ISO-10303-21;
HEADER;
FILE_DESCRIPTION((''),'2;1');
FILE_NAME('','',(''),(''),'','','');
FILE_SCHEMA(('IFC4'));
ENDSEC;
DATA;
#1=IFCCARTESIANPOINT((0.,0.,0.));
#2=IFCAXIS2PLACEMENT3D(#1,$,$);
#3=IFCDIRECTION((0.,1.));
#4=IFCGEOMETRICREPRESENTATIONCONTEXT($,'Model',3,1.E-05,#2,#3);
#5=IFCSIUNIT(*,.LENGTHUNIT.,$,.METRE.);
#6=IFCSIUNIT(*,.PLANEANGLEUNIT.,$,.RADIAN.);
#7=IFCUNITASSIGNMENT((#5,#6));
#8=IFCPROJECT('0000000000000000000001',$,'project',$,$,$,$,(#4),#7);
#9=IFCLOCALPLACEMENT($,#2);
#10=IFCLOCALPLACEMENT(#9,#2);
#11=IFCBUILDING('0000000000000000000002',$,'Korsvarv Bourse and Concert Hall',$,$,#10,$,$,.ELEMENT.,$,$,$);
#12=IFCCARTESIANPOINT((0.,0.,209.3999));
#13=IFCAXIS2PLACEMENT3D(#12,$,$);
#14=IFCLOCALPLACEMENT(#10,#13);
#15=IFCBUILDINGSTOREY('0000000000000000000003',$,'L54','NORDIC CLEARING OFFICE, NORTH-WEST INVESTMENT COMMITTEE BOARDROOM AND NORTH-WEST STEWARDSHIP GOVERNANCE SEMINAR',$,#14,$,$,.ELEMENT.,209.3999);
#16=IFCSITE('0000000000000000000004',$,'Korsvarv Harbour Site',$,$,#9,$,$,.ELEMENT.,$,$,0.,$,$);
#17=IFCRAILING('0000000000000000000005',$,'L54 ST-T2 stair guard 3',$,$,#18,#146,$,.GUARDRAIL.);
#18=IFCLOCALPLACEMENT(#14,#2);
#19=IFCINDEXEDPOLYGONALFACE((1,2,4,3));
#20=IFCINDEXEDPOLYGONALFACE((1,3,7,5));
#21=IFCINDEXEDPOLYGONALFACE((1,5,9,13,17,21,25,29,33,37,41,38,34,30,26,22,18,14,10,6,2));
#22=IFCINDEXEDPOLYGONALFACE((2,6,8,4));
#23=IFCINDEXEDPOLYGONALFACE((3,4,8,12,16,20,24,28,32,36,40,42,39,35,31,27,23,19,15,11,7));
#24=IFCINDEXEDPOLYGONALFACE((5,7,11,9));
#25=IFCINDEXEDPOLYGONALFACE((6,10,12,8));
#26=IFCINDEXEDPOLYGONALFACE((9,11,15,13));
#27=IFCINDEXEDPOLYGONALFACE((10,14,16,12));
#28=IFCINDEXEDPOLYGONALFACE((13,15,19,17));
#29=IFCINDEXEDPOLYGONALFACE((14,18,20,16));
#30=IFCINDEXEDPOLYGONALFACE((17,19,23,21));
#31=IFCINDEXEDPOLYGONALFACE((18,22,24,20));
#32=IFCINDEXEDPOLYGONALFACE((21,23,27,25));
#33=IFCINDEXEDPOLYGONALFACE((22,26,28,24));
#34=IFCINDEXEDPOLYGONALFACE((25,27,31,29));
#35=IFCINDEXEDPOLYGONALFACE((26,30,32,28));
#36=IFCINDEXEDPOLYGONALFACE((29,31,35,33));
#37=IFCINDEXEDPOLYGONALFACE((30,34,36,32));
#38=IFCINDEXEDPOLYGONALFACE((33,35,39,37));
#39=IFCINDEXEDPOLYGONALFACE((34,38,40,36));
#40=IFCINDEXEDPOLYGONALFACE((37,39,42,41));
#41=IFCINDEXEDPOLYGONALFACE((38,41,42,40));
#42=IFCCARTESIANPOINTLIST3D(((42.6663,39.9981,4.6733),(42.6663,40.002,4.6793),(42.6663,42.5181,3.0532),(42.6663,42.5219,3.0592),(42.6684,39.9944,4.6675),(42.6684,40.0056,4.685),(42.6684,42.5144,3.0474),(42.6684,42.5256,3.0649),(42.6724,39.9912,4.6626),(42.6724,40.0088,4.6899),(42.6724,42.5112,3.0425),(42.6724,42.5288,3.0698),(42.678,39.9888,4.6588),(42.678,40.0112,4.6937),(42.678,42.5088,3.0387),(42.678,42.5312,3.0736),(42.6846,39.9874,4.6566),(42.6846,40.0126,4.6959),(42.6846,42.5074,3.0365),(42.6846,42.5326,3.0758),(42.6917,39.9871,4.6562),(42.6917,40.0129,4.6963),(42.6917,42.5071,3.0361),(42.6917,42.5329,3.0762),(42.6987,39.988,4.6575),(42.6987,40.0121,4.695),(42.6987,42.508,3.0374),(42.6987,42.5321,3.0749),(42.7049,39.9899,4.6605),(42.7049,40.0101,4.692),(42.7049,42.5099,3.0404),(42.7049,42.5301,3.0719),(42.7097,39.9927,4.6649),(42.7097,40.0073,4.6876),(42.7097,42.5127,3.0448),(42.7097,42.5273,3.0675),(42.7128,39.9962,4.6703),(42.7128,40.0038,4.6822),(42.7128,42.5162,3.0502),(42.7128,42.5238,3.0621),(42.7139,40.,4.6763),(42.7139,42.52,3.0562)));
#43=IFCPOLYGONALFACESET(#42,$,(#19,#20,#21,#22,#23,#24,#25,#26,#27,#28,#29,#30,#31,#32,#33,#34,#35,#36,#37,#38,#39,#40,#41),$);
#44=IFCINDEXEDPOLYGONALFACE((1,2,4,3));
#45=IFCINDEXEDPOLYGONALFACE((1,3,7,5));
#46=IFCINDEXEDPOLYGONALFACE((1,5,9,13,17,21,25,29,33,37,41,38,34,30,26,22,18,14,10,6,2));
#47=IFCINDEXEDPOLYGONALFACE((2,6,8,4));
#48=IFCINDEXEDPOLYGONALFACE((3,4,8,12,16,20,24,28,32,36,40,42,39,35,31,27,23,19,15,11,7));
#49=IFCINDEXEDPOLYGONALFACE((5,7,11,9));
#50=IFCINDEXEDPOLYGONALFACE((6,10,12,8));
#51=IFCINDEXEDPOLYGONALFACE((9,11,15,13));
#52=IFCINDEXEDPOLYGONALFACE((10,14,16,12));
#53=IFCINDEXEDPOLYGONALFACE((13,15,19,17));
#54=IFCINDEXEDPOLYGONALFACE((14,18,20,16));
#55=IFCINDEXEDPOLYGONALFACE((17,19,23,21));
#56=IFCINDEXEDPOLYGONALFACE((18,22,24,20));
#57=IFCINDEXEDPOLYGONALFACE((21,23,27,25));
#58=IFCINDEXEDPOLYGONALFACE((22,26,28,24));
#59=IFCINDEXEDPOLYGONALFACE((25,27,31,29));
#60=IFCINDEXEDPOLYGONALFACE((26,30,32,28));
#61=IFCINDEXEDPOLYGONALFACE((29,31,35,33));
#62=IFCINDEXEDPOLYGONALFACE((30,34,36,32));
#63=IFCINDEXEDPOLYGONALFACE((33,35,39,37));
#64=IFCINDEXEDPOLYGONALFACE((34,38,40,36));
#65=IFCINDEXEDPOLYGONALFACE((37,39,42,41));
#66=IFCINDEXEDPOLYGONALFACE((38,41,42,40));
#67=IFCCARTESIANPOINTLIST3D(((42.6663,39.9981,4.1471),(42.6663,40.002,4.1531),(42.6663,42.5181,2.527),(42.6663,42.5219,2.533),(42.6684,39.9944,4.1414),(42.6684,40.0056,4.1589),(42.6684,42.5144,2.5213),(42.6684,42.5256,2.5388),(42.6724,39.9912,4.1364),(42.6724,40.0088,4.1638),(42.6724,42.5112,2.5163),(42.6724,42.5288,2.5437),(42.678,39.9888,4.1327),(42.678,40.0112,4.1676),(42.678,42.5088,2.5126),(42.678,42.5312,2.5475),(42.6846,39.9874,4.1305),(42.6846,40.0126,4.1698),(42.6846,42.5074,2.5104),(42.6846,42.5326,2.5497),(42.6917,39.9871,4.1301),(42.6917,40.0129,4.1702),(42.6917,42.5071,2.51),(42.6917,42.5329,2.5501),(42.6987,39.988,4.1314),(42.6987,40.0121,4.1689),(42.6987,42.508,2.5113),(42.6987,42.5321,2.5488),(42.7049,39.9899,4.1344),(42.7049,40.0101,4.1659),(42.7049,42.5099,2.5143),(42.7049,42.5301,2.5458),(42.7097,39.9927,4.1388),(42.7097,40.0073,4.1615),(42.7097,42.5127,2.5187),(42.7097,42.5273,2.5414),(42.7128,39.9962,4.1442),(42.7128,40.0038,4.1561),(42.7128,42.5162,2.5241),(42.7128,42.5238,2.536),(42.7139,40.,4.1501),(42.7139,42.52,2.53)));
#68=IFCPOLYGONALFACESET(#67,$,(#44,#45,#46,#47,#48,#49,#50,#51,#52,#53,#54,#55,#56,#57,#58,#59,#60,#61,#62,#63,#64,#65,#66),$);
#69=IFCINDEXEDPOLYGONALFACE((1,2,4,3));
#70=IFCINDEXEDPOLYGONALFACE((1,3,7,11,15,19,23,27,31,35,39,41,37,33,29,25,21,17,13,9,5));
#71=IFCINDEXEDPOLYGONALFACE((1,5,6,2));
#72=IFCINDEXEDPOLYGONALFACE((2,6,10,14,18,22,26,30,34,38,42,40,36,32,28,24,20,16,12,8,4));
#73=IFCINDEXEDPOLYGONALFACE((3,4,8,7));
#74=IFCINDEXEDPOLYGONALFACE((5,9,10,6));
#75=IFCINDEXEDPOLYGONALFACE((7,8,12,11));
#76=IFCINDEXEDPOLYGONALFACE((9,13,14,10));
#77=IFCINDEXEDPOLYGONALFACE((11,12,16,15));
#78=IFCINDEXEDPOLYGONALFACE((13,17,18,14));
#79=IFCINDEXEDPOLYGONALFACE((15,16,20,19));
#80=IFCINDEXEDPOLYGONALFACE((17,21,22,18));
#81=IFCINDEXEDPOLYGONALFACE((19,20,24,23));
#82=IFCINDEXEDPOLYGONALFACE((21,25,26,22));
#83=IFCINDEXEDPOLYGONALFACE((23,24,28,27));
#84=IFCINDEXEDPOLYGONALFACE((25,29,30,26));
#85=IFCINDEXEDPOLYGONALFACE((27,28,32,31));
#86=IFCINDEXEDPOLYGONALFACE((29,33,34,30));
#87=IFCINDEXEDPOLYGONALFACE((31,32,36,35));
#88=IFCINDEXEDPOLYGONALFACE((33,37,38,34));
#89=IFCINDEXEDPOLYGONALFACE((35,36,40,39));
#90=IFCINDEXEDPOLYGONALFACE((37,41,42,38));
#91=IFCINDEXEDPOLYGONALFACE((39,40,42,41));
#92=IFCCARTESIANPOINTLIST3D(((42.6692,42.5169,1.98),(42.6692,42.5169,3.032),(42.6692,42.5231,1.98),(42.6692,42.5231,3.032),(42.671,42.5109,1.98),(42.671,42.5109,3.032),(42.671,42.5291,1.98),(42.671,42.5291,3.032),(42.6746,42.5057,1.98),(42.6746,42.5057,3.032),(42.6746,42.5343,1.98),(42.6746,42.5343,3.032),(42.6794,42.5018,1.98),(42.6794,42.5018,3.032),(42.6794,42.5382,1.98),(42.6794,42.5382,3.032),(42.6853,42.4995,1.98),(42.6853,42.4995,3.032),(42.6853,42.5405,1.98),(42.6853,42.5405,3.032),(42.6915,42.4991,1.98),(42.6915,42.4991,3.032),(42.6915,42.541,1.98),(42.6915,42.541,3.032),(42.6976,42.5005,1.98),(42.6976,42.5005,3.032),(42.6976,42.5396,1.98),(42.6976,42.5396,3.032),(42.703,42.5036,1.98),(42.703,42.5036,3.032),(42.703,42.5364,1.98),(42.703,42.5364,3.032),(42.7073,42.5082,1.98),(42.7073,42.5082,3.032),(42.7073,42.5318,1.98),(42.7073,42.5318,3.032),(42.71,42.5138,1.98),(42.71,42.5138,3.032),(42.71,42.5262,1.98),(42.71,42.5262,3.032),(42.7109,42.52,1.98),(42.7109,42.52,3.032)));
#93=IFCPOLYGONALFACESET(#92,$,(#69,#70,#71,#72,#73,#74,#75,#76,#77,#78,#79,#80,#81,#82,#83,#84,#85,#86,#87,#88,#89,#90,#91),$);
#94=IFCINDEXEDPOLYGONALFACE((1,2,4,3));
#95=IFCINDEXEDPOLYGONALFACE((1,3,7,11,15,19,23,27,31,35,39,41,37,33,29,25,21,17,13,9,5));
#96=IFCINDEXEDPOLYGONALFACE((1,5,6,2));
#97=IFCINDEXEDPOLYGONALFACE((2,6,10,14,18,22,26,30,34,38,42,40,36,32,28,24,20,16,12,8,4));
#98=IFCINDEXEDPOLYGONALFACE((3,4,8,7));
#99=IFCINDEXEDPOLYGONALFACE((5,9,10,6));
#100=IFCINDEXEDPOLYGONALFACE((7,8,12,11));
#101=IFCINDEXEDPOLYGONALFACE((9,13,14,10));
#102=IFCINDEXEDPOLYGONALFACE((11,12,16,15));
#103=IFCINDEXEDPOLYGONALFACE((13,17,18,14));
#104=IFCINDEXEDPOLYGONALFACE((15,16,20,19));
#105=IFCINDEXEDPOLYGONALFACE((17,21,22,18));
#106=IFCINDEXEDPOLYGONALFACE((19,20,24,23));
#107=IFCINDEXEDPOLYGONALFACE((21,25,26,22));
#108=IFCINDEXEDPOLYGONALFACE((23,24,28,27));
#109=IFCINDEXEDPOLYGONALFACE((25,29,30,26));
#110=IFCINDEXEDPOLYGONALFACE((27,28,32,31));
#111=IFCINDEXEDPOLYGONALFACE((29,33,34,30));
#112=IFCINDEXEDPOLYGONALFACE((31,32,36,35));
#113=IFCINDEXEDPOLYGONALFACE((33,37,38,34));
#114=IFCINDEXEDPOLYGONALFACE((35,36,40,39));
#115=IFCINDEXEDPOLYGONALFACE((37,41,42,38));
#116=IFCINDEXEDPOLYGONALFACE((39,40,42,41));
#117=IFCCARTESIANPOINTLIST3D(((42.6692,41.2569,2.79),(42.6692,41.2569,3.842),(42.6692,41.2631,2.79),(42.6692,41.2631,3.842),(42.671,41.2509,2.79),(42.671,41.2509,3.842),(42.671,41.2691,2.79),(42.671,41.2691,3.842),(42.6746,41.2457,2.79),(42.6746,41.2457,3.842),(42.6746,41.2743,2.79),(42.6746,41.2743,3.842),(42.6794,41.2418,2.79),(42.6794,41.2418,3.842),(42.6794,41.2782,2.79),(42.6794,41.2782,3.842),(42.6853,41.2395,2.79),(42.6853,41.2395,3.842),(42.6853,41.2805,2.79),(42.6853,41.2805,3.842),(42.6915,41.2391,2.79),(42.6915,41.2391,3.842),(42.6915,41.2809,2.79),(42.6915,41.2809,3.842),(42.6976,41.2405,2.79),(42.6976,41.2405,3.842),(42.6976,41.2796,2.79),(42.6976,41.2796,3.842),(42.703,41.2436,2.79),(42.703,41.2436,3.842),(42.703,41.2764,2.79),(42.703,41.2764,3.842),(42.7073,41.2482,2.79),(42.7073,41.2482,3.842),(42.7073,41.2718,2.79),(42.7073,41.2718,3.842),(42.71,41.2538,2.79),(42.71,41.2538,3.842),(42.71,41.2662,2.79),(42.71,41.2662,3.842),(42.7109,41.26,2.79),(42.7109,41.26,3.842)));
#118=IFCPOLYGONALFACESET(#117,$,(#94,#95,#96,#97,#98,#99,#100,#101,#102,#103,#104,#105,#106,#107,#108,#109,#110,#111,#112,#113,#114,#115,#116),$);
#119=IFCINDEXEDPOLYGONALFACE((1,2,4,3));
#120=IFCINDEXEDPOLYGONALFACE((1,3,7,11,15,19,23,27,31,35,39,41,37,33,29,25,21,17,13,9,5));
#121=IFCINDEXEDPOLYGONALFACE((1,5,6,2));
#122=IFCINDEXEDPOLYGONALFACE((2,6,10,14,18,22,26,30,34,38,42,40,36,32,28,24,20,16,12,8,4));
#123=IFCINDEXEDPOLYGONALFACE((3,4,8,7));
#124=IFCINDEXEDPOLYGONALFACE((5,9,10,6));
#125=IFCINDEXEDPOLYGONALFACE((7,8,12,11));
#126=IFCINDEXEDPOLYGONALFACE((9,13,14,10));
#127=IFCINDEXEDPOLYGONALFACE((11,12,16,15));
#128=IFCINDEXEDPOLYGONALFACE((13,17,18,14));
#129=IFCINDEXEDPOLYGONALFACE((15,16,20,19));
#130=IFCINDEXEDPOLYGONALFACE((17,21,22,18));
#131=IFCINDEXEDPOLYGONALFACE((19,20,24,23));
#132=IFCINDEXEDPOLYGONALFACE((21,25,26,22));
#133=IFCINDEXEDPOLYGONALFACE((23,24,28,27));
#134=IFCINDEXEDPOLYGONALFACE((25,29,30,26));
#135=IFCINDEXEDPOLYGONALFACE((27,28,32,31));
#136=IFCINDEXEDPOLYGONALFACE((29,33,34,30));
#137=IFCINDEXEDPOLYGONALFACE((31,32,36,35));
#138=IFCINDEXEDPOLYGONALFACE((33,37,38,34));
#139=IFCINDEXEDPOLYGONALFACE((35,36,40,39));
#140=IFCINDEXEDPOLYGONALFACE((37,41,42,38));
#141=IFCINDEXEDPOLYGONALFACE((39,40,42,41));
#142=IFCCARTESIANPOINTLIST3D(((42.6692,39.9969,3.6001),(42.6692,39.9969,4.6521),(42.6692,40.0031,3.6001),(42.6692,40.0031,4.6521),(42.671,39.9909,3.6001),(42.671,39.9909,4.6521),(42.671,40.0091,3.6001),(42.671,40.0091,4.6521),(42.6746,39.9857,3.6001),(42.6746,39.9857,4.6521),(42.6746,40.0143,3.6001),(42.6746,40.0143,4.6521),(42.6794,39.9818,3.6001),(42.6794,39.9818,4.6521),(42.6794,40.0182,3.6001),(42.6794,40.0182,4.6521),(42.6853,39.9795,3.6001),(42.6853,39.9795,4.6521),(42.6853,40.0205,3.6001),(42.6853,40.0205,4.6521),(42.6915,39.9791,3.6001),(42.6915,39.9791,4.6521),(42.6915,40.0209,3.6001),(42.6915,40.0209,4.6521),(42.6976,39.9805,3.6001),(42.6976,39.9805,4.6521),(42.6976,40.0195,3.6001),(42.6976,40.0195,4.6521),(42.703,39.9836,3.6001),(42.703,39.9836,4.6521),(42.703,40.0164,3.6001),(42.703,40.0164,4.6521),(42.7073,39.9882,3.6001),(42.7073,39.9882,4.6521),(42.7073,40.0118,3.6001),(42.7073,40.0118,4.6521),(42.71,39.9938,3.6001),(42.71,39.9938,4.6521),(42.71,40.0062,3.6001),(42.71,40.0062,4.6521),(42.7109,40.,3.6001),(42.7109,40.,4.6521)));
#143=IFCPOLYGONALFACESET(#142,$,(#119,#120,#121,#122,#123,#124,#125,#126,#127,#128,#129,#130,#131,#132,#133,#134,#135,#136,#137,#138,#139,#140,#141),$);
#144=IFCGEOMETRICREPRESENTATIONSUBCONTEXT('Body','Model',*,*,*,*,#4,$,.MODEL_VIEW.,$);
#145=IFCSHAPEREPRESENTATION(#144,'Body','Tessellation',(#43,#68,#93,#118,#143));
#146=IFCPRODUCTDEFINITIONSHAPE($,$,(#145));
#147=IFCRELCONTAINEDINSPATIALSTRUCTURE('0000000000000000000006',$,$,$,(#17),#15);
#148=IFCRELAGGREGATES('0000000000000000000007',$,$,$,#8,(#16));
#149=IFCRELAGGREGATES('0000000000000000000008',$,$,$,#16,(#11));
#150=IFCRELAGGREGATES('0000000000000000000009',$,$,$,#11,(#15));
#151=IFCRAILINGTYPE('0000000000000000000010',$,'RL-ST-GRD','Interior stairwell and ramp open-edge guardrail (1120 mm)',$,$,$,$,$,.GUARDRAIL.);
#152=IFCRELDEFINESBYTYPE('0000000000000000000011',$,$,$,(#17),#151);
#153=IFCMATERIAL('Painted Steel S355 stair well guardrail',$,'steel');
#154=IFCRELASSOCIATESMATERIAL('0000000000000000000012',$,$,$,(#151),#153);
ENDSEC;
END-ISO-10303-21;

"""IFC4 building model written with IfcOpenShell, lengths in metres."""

from ifc_helpers import new_model, si_unit, direction, frame, origin, origin_2d, place, context, subcontext, project, spatial, circle, extrude, material, type_object, element, save


model = new_model("IFC4")

# Units and contexts
model_context = context("Model", 3, precision=1e-05, world=origin(), true_north=direction((0.0, 1.0)))
body_context = subcontext(model_context, "Body", "Model", "MODEL_VIEW")
ifc_project = project(units=[si_unit("LENGTHUNIT", "METRE"), si_unit("PLANEANGLEUNIT", "RADIAN")], contexts=[model_context])

# Site, building, storey
site_placement = place(None, origin())
site = spatial("IfcSite", under=ifc_project, at=site_placement, Name="Korsvarv Harbour Site", CompositionType="ELEMENT", RefElevation=0.0)
building_placement = place(site_placement, origin())
building = spatial("IfcBuilding", under=site, at=building_placement, Name="Korsvarv Bourse and Concert Hall", CompositionType="ELEMENT")
storey_placement = place(building_placement, frame((0.0, 0.0, 209.3999)))
storey = spatial("IfcBuildingStorey", under=building, at=storey_placement, Name="L54", Description="NORDIC CLEARING OFFICE, NORTH-WEST INVESTMENT COMMITTEE BOARDROOM AND NORTH-WEST STEWARDSHIP GOVERNANCE SEMINAR", CompositionType="ELEMENT", Elevation=209.3999)

# Railing
ifc_material_1 = material(Name="Painted Steel S355 stair well guardrail", Category="steel")
railing_type_1 = type_object("IfcRailingType", Name="RL-ST-GRD", Description="Interior stairwell and ramp open-edge guardrail (1120 mm)", PredefinedType="GUARDRAIL", material=ifc_material_1)
railing_1_placement = place(storey_placement, frame((42.6899, 42.52, 1.98)))
element("IfcRailing", 1, at=railing_1_placement, inside=storey, type_object=railing_type_1, Name="L54 ST-T2 stair guard 3", PredefinedType="GUARDRAIL", context=body_context, shape_type="SweptSolid", body=[
    extrude(circle(Radius=0.0239, at=origin_2d()), frame((0.0, 0.0, 1.0762), z_axis=(0.0, -0.841163, 0.540782), x_axis=(1.0, 0.0, 0.0)), (0.0, 0.0, 1.0), 2.9958),
    extrude(circle(Radius=0.0239, at=origin_2d()), frame((0.0, 0.0, 0.55), z_axis=(0.0, -0.841163, 0.540782), x_axis=(1.0, 0.0, 0.0)), (0.0, 0.0, 1.0), 2.9958),
    extrude(circle(Radius=0.021, at=origin_2d()), origin(), (0.0, 0.0, 1.0), 1.052),
    extrude(circle(Radius=0.021, at=origin_2d()), frame((0.0, -1.26, 0.8101)), (0.0, 0.0, 1.0), 1.052),
    extrude(circle(Radius=0.021, at=origin_2d()), frame((0.0, -2.52, 1.6201)), (0.0, 0.0, 1.0), 1.052),
])

save(model, "model.ifc")
